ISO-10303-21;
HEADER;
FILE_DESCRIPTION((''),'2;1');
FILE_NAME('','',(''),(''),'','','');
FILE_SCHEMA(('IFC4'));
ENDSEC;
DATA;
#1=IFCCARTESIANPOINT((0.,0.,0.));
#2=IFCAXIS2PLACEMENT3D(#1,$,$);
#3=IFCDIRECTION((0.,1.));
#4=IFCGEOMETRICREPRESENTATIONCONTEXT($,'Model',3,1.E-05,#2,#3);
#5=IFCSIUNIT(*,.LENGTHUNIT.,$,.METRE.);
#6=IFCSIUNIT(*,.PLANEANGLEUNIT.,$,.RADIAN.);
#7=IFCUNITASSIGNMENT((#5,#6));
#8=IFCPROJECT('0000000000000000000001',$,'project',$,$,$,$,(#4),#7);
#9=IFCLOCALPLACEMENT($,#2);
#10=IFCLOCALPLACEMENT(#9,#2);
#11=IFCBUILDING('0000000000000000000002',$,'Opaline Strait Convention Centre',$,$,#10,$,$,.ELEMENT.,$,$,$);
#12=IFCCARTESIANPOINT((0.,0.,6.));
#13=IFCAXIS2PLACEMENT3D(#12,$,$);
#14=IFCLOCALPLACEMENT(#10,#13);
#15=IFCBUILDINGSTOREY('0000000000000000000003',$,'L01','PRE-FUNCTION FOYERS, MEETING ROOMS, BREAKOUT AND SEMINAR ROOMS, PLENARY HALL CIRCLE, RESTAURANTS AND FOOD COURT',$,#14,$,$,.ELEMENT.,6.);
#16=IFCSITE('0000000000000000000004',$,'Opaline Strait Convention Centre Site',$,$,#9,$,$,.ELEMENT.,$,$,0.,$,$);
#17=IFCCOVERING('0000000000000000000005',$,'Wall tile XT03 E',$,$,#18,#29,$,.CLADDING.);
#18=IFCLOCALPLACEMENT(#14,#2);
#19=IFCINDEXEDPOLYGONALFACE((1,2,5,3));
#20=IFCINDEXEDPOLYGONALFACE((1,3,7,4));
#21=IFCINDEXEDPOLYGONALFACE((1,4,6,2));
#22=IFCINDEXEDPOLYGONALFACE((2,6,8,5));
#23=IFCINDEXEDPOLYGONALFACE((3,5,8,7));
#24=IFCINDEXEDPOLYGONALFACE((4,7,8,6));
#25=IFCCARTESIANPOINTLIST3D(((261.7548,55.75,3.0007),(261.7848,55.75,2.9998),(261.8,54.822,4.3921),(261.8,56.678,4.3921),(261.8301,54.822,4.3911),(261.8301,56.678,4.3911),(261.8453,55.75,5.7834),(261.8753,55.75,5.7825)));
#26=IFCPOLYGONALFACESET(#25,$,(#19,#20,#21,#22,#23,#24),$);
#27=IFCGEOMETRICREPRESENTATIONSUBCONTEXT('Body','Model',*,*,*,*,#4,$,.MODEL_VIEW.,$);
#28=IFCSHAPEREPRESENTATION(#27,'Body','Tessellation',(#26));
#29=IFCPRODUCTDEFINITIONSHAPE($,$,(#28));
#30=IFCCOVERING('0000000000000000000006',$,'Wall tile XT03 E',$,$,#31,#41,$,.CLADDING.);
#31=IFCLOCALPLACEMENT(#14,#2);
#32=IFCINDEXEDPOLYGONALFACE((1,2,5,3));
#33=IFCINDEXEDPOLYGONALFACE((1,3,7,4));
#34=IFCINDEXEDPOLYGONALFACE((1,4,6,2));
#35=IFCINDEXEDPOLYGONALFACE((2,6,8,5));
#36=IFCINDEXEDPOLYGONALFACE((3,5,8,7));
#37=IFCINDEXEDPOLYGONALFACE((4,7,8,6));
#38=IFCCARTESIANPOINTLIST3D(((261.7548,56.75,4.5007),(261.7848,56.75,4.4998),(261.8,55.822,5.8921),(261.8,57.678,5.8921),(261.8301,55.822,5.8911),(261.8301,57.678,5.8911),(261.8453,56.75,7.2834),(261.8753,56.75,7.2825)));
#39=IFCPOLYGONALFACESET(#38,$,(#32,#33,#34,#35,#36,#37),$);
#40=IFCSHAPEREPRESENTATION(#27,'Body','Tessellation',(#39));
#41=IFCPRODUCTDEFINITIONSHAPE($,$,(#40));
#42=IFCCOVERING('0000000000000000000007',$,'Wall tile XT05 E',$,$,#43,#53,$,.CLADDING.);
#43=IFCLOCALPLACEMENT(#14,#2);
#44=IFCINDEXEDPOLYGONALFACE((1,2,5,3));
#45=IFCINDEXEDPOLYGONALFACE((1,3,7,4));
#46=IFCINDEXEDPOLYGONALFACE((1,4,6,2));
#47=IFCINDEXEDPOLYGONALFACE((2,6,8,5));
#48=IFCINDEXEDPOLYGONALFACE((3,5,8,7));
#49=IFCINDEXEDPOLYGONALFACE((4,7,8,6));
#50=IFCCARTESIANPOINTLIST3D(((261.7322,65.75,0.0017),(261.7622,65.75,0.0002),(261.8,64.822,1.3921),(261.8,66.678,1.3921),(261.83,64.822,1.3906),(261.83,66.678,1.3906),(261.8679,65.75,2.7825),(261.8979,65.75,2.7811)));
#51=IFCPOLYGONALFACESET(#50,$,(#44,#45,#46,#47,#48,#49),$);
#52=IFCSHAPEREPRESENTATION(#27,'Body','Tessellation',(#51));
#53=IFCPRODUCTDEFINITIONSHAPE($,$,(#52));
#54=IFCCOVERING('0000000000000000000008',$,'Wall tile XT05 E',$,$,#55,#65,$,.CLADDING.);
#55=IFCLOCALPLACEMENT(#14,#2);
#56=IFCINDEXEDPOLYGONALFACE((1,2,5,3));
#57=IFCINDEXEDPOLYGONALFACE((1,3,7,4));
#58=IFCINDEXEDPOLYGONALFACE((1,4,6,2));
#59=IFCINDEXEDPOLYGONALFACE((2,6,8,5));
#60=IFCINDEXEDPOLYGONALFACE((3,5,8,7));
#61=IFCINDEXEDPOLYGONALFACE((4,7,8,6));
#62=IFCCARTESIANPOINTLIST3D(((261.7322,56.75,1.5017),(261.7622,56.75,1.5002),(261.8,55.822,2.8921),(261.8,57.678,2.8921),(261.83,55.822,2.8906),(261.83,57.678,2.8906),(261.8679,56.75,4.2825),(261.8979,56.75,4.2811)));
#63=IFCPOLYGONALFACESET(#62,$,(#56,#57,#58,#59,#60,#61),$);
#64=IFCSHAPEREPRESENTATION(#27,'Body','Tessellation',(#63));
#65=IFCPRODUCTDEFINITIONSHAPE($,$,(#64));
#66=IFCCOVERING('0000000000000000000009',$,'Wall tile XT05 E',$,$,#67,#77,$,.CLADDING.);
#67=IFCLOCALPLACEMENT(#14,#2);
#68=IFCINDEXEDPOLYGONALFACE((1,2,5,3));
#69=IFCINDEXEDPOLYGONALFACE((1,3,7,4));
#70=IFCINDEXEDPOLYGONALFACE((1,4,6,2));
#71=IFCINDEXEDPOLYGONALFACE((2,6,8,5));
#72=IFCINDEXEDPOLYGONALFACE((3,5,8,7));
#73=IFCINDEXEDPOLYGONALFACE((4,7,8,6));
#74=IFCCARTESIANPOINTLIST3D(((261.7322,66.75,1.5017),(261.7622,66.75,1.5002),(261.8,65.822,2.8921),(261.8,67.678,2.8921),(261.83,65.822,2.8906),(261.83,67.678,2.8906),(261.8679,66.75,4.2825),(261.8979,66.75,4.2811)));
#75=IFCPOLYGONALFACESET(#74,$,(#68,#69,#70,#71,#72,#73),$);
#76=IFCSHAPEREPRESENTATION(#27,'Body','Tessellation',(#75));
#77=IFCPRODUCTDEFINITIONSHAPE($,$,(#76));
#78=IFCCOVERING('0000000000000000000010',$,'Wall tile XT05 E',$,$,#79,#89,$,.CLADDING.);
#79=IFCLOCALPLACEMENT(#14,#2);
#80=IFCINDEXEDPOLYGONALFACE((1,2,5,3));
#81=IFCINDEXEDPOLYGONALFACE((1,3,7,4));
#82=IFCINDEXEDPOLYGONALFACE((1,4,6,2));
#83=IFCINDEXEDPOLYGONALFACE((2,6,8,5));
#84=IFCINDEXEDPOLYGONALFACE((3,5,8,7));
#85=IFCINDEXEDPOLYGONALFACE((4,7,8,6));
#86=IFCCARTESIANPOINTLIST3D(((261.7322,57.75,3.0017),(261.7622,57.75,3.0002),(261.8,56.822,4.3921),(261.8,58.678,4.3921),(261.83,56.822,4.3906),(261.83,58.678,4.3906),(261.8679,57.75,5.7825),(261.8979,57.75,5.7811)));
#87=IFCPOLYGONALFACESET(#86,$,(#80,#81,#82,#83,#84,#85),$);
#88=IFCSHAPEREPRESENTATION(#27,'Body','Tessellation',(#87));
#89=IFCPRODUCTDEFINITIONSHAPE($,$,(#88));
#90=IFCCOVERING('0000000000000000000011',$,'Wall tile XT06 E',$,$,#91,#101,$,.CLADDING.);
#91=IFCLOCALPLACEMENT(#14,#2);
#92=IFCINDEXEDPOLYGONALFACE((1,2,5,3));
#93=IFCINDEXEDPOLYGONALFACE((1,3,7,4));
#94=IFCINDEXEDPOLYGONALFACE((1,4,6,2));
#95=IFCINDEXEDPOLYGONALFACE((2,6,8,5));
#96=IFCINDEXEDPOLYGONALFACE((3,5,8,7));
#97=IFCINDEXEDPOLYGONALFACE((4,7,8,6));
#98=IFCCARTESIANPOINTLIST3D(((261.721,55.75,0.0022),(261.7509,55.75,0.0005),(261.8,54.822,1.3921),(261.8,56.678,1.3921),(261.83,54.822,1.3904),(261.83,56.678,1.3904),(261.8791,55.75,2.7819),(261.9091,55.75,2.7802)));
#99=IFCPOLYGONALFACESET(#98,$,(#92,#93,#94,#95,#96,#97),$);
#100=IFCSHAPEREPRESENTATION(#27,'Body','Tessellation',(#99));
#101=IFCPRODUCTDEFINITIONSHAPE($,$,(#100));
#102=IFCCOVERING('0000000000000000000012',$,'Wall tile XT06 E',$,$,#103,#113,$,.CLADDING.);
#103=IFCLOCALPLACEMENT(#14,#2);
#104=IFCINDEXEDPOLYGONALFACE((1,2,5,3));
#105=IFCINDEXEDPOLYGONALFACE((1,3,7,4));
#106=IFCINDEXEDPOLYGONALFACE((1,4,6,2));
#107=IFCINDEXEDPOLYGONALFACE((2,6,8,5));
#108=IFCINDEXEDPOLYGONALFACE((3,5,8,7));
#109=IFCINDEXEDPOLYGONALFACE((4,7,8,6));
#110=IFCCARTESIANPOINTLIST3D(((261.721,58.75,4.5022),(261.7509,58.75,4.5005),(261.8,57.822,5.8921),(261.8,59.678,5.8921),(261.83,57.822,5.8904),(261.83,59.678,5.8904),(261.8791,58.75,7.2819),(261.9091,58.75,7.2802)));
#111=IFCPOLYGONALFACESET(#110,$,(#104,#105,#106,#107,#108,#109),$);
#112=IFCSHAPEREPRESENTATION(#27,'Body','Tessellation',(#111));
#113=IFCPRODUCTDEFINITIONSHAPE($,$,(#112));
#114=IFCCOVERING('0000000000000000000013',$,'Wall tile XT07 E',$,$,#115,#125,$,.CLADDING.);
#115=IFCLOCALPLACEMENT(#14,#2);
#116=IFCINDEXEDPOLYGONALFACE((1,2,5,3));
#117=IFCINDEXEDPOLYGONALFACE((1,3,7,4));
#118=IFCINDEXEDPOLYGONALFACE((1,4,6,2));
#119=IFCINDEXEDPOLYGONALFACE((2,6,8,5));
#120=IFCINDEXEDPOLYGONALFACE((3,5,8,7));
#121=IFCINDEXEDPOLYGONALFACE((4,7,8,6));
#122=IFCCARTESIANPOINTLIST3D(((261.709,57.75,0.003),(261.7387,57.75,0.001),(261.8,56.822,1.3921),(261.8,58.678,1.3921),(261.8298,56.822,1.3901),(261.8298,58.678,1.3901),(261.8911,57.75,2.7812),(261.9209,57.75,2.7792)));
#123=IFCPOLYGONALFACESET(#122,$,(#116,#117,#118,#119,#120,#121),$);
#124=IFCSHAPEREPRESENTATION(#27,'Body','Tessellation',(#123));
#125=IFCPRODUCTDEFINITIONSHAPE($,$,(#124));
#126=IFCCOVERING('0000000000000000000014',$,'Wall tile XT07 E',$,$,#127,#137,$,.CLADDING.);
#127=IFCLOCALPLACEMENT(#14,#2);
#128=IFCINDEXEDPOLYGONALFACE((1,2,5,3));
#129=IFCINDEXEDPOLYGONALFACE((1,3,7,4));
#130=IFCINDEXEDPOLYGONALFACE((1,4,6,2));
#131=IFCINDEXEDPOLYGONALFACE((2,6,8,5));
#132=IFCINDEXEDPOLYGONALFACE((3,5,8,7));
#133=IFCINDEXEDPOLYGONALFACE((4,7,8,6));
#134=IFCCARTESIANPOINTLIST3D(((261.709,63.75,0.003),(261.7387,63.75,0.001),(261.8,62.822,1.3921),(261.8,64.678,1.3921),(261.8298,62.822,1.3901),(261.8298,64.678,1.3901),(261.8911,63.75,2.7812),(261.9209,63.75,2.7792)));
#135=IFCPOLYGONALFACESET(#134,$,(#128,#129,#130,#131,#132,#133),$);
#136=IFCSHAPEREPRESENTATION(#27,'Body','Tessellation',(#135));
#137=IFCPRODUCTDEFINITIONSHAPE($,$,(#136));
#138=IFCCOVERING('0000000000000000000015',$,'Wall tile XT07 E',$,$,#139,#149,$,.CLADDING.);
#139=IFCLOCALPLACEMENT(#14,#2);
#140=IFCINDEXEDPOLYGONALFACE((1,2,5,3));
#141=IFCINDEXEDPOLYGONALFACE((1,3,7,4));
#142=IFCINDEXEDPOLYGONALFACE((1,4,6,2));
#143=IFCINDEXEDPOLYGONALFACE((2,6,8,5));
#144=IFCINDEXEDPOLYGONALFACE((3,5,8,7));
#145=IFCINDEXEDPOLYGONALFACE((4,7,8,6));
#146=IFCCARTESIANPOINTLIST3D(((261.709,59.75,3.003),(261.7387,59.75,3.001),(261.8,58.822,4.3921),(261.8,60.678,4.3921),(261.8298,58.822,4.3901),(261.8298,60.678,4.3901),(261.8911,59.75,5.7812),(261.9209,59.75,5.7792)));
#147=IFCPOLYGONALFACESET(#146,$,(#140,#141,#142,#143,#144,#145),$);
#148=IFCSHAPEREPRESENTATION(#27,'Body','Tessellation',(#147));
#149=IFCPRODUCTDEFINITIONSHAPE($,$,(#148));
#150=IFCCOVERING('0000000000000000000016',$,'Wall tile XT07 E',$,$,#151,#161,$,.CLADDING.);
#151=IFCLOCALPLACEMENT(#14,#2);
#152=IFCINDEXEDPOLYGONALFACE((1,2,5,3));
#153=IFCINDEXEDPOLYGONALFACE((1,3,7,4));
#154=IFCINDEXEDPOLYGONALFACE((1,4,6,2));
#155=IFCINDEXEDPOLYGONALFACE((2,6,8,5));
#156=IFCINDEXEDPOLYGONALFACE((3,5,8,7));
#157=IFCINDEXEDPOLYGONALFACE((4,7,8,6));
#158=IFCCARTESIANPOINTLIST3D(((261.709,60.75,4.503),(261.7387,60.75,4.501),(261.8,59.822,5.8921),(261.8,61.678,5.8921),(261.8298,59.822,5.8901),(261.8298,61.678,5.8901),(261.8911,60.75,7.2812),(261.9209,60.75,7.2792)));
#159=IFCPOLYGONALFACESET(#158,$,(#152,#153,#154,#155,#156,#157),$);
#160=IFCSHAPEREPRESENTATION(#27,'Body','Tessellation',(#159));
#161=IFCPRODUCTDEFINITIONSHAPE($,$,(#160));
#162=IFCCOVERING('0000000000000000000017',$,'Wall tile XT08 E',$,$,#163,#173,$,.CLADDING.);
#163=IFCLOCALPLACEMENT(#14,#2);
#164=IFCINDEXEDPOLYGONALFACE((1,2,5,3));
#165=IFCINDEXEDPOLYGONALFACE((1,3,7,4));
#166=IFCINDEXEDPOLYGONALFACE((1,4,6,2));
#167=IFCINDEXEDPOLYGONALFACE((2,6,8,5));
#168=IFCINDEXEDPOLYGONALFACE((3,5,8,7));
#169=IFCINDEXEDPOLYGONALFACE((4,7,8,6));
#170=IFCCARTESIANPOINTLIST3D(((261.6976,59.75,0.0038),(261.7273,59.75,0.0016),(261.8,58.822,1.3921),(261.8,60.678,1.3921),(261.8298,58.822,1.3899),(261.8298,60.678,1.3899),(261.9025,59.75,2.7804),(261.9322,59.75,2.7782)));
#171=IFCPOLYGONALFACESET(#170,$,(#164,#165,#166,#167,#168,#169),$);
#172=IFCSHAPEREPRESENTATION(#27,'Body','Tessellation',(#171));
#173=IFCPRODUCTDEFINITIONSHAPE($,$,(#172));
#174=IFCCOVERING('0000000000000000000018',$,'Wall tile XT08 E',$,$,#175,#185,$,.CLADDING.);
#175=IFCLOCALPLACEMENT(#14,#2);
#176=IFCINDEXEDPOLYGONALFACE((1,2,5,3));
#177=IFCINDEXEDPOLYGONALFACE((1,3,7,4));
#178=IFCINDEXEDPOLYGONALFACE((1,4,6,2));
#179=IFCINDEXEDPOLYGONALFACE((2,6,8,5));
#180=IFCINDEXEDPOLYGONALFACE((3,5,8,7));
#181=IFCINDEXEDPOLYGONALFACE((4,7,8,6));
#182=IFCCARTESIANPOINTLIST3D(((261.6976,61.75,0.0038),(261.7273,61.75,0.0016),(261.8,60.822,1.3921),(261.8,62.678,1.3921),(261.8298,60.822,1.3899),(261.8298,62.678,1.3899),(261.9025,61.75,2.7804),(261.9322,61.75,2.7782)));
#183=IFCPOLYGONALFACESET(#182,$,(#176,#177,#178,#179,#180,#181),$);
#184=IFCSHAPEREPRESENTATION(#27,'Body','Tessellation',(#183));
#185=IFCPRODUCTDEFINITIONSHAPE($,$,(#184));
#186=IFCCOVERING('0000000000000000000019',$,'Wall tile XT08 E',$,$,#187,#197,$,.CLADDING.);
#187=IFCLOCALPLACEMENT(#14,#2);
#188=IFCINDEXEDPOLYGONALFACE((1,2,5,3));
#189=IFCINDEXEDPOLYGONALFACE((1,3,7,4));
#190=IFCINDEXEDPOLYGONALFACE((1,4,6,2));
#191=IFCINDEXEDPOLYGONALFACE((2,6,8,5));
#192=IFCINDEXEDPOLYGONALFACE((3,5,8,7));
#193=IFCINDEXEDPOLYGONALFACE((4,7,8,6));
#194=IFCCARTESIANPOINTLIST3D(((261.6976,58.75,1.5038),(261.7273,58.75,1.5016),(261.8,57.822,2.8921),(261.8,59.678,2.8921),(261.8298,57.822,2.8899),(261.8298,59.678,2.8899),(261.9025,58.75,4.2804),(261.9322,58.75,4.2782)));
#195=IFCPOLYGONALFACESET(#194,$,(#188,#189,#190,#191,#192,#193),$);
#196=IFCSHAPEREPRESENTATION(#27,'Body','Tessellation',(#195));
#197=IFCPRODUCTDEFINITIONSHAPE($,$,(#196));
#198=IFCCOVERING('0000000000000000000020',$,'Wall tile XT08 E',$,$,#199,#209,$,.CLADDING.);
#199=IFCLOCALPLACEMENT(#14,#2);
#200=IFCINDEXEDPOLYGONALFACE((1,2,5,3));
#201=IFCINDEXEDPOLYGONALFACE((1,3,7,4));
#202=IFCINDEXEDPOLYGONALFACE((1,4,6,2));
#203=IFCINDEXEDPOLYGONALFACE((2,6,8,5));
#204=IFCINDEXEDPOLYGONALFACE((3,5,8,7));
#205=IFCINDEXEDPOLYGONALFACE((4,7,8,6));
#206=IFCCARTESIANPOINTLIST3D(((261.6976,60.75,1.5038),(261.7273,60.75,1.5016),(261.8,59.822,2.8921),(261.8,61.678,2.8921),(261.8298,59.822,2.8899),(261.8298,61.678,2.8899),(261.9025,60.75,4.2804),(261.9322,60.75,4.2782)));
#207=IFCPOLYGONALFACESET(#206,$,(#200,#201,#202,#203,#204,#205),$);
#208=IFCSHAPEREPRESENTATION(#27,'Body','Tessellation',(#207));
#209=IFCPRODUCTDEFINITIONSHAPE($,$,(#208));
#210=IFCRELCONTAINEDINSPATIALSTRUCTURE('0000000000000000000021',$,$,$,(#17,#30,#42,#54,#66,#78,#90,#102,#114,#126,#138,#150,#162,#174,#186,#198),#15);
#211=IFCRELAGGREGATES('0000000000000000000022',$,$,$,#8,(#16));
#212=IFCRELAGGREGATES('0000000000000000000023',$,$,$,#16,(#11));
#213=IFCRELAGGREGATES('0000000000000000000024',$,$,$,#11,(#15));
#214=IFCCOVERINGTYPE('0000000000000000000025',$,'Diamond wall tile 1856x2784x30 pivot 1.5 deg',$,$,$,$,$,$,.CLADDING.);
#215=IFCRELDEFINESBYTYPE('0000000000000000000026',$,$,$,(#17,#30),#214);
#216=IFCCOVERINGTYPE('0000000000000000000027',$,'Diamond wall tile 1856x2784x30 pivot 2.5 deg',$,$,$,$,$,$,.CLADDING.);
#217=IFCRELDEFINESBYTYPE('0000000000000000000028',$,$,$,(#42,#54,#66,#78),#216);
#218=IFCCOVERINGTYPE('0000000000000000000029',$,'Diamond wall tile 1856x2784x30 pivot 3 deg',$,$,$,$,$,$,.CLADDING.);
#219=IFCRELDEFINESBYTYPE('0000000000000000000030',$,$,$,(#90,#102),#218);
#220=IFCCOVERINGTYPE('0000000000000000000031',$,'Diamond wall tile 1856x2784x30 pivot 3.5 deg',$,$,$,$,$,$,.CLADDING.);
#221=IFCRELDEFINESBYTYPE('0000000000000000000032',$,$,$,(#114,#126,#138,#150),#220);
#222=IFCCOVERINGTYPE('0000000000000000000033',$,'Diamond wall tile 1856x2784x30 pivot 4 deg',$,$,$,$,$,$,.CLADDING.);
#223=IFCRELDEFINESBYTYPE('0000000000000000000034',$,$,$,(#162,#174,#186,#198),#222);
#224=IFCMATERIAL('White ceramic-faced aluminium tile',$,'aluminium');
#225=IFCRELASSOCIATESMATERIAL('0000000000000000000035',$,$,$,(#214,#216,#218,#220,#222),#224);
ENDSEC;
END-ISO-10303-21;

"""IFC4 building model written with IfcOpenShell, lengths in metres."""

from ifc_helpers import new_model, si_unit, direction, frame, origin, place, context, subcontext, project, spatial, polyline, outline, extrude, material, material_profile, profile_set, type_object, element, save


model = new_model("IFC4")

# Units and contexts
model_context = context("Model", 3, precision=1e-05, world=origin(), true_north=direction((0.0, 1.0)))
body_context = subcontext(model_context, "Body", "Model", "MODEL_VIEW")
ifc_project = project(units=[si_unit("LENGTHUNIT", "METRE"), si_unit("PLANEANGLEUNIT", "RADIAN")], contexts=[model_context])

# Site, building, storey
site_placement = place(None, origin())
site = spatial("IfcSite", under=ifc_project, at=site_placement, Name="Opaline Strait Convention Centre Site", CompositionType="ELEMENT", RefElevation=0.0)
building_placement = place(site_placement, origin())
building = spatial("IfcBuilding", under=site, at=building_placement, Name="Opaline Strait Convention Centre", CompositionType="ELEMENT")
storey_placement = place(building_placement, frame((0.0, 0.0, 6.0)))
storey = spatial("IfcBuildingStorey", under=building, at=storey_placement, Name="L01", Description="PRE-FUNCTION FOYERS, MEETING ROOMS, BREAKOUT AND SEMINAR ROOMS, PLENARY HALL CIRCLE, RESTAURANTS AND FOOD COURT", CompositionType="ELEMENT", Elevation=6.0)

# Coverings
ifc_material_1 = material(Name="White ceramic-faced aluminium tile", Category="aluminium")
ifc_material_profile_1 = material_profile(ifc_material_1, outline(polyline([(0.928, 0.0), (0.0, 1.3921), (-0.928, 0.0), (0.0, -1.3921), (0.928, 0.0)])), Name="Diamond tile 1856x2784")
ifc_profile_set_1 = profile_set([ifc_material_profile_1], Name="White ceramic-faced aluminium tile")
covering_type_1 = type_object("IfcCoveringType", Name="Diamond wall tile 1856x2784x30 pivot 1.5 deg", PredefinedType="CLADDING", material=ifc_profile_set_1)
for number, where, z_axis, x_axis, name in (
    (1, (261.8, 55.75, 4.3921), (0.999472, 0.0, -0.032503), (0.0, 1.0, 0.0), "Wall tile XT03 E"),
    (2, (261.8, 56.75, 5.8921), (0.999472, 0.0, -0.032503), (0.0, 1.0, 0.0), "Wall tile XT03 E"),
):
    element("IfcCovering", number, at=place(storey_placement, frame(where, z_axis=z_axis, x_axis=x_axis)), inside=storey, type_object=covering_type_1, Name=name, PredefinedType="CLADDING", context=body_context, shape_type="SweptSolid", body=[
        extrude(outline(polyline([(0.928, 0.0), (0.0, 1.3921), (-0.928, 0.0), (0.0, -1.3921), (0.928, 0.0)])), origin(), (0.0, 0.0, 1.0), 0.03),
    ])
ifc_material_profile_2 = material_profile(ifc_material_1, outline(polyline([(0.928, 0.0), (0.0, 1.3921), (-0.928, 0.0), (0.0, -1.3921), (0.928, 0.0)])), Name="Diamond tile 1856x2784")
ifc_profile_set_2 = profile_set([ifc_material_profile_2], Name="White ceramic-faced aluminium tile")
covering_type_2 = type_object("IfcCoveringType", Name="Diamond wall tile 1856x2784x30 pivot 2.5 deg", PredefinedType="CLADDING", material=ifc_profile_set_2)
for number, where, z_axis, x_axis, name in (
    (3, (261.8, 65.75, 1.3921), (0.998812, 0.0, -0.048723), (0.0, 1.0, 0.0), "Wall tile XT05 E"),
    (4, (261.8, 56.75, 2.8921), (0.998812, 0.0, -0.048723), (0.0, 1.0, 0.0), "Wall tile XT05 E"),
    (5, (261.8, 66.75, 2.8921), (0.998812, 0.0, -0.048723), (0.0, 1.0, 0.0), "Wall tile XT05 E"),
    (6, (261.8, 57.75, 4.3921), (0.998812, 0.0, -0.048723), (0.0, 1.0, 0.0), "Wall tile XT05 E"),
):
    element("IfcCovering", number, at=place(storey_placement, frame(where, z_axis=z_axis, x_axis=x_axis)), inside=storey, type_object=covering_type_2, Name=name, PredefinedType="CLADDING", context=body_context, shape_type="SweptSolid", body=[
        extrude(outline(polyline([(0.928, 0.0), (0.0, 1.3921), (-0.928, 0.0), (0.0, -1.3921), (0.928, 0.0)])), origin(), (0.0, 0.0, 1.0), 0.03),
    ])
ifc_material_profile_3 = material_profile(ifc_material_1, outline(polyline([(0.928, 0.0), (0.0, 1.3921), (-0.928, 0.0), (0.0, -1.3921), (0.928, 0.0)])), Name="Diamond tile 1856x2784")
ifc_profile_set_3 = profile_set([ifc_material_profile_3], Name="White ceramic-faced aluminium tile")
covering_type_3 = type_object("IfcCoveringType", Name="Diamond wall tile 1856x2784x30 pivot 3 deg", PredefinedType="CLADDING", material=ifc_profile_set_3)
for number, where, z_axis, x_axis, name in (
    (7, (261.8, 55.75, 1.3921), (0.998385, 0.0, -0.056819), (0.0, 1.0, 0.0), "Wall tile XT06 E"),
    (8, (261.8, 58.75, 5.8921), (0.998385, 0.0, -0.056819), (0.0, 1.0, 0.0), "Wall tile XT06 E"),
):
    element("IfcCovering", number, at=place(storey_placement, frame(where, z_axis=z_axis, x_axis=x_axis)), inside=storey, type_object=covering_type_3, Name=name, PredefinedType="CLADDING", context=body_context, shape_type="SweptSolid", body=[
        extrude(outline(polyline([(0.928, 0.0), (0.0, 1.3921), (-0.928, 0.0), (0.0, -1.3921), (0.928, 0.0)])), origin(), (0.0, 0.0, 1.0), 0.03),
    ])
ifc_material_profile_4 = material_profile(ifc_material_1, outline(polyline([(0.928, 0.0), (0.0, 1.3921), (-0.928, 0.0), (0.0, -1.3921), (0.928, 0.0)])), Name="Diamond tile 1856x2784")
ifc_profile_set_4 = profile_set([ifc_material_profile_4], Name="White ceramic-faced aluminium tile")
covering_type_4 = type_object("IfcCoveringType", Name="Diamond wall tile 1856x2784x30 pivot 3.5 deg", PredefinedType="CLADDING", material=ifc_profile_set_4)
for number, where, z_axis, x_axis, name in (
    (9, (261.8, 57.75, 1.3921), (0.997857, 0.0, -0.065433), (0.0, 1.0, 0.0), "Wall tile XT07 E"),
    (10, (261.8, 63.75, 1.3921), (0.997857, 0.0, -0.065433), (0.0, 1.0, 0.0), "Wall tile XT07 E"),
    (11, (261.8, 59.75, 4.3921), (0.997857, 0.0, -0.065433), (0.0, 1.0, 0.0), "Wall tile XT07 E"),
    (12, (261.8, 60.75, 5.8921), (0.997857, 0.0, -0.065433), (0.0, 1.0, 0.0), "Wall tile XT07 E"),
):
    element("IfcCovering", number, at=place(storey_placement, frame(where, z_axis=z_axis, x_axis=x_axis)), inside=storey, type_object=covering_type_4, Name=name, PredefinedType="CLADDING", context=body_context, shape_type="SweptSolid", body=[
        extrude(outline(polyline([(0.928, 0.0), (0.0, 1.3921), (-0.928, 0.0), (0.0, -1.3921), (0.928, 0.0)])), origin(), (0.0, 0.0, 1.0), 0.0298),
    ])
ifc_material_profile_5 = material_profile(ifc_material_1, outline(polyline([(0.928, 0.0), (0.0, 1.3921), (-0.928, 0.0), (0.0, -1.3921), (0.928, 0.0)])), Name="Diamond tile 1856x2784")
ifc_profile_set_5 = profile_set([ifc_material_profile_5], Name="White ceramic-faced aluminium tile")
covering_type_5 = type_object("IfcCoveringType", Name="Diamond wall tile 1856x2784x30 pivot 4 deg", PredefinedType="CLADDING", material=ifc_profile_set_5)
for number, where, z_axis, x_axis, name in (
    (13, (261.8, 59.75, 1.3921), (0.99729, 0.0, -0.073571), (0.0, 1.0, 0.0), "Wall tile XT08 E"),
    (14, (261.8, 61.75, 1.3921), (0.99729, 0.0, -0.073571), (0.0, 1.0, 0.0), "Wall tile XT08 E"),
    (15, (261.8, 58.75, 2.8921), (0.99729, 0.0, -0.073571), (0.0, 1.0, 0.0), "Wall tile XT08 E"),
    (16, (261.8, 60.75, 2.8921), (0.99729, 0.0, -0.073571), (0.0, 1.0, 0.0), "Wall tile XT08 E"),
):
    element("IfcCovering", number, at=place(storey_placement, frame(where, z_axis=z_axis, x_axis=x_axis)), inside=storey, type_object=covering_type_5, Name=name, PredefinedType="CLADDING", context=body_context, shape_type="SweptSolid", body=[
        extrude(outline(polyline([(0.928, 0.0), (0.0, 1.3921), (-0.928, 0.0), (0.0, -1.3921), (0.928, 0.0)])), origin(), (0.0, 0.0, 1.0), 0.0298),
    ])

save(model, "model.ifc")
